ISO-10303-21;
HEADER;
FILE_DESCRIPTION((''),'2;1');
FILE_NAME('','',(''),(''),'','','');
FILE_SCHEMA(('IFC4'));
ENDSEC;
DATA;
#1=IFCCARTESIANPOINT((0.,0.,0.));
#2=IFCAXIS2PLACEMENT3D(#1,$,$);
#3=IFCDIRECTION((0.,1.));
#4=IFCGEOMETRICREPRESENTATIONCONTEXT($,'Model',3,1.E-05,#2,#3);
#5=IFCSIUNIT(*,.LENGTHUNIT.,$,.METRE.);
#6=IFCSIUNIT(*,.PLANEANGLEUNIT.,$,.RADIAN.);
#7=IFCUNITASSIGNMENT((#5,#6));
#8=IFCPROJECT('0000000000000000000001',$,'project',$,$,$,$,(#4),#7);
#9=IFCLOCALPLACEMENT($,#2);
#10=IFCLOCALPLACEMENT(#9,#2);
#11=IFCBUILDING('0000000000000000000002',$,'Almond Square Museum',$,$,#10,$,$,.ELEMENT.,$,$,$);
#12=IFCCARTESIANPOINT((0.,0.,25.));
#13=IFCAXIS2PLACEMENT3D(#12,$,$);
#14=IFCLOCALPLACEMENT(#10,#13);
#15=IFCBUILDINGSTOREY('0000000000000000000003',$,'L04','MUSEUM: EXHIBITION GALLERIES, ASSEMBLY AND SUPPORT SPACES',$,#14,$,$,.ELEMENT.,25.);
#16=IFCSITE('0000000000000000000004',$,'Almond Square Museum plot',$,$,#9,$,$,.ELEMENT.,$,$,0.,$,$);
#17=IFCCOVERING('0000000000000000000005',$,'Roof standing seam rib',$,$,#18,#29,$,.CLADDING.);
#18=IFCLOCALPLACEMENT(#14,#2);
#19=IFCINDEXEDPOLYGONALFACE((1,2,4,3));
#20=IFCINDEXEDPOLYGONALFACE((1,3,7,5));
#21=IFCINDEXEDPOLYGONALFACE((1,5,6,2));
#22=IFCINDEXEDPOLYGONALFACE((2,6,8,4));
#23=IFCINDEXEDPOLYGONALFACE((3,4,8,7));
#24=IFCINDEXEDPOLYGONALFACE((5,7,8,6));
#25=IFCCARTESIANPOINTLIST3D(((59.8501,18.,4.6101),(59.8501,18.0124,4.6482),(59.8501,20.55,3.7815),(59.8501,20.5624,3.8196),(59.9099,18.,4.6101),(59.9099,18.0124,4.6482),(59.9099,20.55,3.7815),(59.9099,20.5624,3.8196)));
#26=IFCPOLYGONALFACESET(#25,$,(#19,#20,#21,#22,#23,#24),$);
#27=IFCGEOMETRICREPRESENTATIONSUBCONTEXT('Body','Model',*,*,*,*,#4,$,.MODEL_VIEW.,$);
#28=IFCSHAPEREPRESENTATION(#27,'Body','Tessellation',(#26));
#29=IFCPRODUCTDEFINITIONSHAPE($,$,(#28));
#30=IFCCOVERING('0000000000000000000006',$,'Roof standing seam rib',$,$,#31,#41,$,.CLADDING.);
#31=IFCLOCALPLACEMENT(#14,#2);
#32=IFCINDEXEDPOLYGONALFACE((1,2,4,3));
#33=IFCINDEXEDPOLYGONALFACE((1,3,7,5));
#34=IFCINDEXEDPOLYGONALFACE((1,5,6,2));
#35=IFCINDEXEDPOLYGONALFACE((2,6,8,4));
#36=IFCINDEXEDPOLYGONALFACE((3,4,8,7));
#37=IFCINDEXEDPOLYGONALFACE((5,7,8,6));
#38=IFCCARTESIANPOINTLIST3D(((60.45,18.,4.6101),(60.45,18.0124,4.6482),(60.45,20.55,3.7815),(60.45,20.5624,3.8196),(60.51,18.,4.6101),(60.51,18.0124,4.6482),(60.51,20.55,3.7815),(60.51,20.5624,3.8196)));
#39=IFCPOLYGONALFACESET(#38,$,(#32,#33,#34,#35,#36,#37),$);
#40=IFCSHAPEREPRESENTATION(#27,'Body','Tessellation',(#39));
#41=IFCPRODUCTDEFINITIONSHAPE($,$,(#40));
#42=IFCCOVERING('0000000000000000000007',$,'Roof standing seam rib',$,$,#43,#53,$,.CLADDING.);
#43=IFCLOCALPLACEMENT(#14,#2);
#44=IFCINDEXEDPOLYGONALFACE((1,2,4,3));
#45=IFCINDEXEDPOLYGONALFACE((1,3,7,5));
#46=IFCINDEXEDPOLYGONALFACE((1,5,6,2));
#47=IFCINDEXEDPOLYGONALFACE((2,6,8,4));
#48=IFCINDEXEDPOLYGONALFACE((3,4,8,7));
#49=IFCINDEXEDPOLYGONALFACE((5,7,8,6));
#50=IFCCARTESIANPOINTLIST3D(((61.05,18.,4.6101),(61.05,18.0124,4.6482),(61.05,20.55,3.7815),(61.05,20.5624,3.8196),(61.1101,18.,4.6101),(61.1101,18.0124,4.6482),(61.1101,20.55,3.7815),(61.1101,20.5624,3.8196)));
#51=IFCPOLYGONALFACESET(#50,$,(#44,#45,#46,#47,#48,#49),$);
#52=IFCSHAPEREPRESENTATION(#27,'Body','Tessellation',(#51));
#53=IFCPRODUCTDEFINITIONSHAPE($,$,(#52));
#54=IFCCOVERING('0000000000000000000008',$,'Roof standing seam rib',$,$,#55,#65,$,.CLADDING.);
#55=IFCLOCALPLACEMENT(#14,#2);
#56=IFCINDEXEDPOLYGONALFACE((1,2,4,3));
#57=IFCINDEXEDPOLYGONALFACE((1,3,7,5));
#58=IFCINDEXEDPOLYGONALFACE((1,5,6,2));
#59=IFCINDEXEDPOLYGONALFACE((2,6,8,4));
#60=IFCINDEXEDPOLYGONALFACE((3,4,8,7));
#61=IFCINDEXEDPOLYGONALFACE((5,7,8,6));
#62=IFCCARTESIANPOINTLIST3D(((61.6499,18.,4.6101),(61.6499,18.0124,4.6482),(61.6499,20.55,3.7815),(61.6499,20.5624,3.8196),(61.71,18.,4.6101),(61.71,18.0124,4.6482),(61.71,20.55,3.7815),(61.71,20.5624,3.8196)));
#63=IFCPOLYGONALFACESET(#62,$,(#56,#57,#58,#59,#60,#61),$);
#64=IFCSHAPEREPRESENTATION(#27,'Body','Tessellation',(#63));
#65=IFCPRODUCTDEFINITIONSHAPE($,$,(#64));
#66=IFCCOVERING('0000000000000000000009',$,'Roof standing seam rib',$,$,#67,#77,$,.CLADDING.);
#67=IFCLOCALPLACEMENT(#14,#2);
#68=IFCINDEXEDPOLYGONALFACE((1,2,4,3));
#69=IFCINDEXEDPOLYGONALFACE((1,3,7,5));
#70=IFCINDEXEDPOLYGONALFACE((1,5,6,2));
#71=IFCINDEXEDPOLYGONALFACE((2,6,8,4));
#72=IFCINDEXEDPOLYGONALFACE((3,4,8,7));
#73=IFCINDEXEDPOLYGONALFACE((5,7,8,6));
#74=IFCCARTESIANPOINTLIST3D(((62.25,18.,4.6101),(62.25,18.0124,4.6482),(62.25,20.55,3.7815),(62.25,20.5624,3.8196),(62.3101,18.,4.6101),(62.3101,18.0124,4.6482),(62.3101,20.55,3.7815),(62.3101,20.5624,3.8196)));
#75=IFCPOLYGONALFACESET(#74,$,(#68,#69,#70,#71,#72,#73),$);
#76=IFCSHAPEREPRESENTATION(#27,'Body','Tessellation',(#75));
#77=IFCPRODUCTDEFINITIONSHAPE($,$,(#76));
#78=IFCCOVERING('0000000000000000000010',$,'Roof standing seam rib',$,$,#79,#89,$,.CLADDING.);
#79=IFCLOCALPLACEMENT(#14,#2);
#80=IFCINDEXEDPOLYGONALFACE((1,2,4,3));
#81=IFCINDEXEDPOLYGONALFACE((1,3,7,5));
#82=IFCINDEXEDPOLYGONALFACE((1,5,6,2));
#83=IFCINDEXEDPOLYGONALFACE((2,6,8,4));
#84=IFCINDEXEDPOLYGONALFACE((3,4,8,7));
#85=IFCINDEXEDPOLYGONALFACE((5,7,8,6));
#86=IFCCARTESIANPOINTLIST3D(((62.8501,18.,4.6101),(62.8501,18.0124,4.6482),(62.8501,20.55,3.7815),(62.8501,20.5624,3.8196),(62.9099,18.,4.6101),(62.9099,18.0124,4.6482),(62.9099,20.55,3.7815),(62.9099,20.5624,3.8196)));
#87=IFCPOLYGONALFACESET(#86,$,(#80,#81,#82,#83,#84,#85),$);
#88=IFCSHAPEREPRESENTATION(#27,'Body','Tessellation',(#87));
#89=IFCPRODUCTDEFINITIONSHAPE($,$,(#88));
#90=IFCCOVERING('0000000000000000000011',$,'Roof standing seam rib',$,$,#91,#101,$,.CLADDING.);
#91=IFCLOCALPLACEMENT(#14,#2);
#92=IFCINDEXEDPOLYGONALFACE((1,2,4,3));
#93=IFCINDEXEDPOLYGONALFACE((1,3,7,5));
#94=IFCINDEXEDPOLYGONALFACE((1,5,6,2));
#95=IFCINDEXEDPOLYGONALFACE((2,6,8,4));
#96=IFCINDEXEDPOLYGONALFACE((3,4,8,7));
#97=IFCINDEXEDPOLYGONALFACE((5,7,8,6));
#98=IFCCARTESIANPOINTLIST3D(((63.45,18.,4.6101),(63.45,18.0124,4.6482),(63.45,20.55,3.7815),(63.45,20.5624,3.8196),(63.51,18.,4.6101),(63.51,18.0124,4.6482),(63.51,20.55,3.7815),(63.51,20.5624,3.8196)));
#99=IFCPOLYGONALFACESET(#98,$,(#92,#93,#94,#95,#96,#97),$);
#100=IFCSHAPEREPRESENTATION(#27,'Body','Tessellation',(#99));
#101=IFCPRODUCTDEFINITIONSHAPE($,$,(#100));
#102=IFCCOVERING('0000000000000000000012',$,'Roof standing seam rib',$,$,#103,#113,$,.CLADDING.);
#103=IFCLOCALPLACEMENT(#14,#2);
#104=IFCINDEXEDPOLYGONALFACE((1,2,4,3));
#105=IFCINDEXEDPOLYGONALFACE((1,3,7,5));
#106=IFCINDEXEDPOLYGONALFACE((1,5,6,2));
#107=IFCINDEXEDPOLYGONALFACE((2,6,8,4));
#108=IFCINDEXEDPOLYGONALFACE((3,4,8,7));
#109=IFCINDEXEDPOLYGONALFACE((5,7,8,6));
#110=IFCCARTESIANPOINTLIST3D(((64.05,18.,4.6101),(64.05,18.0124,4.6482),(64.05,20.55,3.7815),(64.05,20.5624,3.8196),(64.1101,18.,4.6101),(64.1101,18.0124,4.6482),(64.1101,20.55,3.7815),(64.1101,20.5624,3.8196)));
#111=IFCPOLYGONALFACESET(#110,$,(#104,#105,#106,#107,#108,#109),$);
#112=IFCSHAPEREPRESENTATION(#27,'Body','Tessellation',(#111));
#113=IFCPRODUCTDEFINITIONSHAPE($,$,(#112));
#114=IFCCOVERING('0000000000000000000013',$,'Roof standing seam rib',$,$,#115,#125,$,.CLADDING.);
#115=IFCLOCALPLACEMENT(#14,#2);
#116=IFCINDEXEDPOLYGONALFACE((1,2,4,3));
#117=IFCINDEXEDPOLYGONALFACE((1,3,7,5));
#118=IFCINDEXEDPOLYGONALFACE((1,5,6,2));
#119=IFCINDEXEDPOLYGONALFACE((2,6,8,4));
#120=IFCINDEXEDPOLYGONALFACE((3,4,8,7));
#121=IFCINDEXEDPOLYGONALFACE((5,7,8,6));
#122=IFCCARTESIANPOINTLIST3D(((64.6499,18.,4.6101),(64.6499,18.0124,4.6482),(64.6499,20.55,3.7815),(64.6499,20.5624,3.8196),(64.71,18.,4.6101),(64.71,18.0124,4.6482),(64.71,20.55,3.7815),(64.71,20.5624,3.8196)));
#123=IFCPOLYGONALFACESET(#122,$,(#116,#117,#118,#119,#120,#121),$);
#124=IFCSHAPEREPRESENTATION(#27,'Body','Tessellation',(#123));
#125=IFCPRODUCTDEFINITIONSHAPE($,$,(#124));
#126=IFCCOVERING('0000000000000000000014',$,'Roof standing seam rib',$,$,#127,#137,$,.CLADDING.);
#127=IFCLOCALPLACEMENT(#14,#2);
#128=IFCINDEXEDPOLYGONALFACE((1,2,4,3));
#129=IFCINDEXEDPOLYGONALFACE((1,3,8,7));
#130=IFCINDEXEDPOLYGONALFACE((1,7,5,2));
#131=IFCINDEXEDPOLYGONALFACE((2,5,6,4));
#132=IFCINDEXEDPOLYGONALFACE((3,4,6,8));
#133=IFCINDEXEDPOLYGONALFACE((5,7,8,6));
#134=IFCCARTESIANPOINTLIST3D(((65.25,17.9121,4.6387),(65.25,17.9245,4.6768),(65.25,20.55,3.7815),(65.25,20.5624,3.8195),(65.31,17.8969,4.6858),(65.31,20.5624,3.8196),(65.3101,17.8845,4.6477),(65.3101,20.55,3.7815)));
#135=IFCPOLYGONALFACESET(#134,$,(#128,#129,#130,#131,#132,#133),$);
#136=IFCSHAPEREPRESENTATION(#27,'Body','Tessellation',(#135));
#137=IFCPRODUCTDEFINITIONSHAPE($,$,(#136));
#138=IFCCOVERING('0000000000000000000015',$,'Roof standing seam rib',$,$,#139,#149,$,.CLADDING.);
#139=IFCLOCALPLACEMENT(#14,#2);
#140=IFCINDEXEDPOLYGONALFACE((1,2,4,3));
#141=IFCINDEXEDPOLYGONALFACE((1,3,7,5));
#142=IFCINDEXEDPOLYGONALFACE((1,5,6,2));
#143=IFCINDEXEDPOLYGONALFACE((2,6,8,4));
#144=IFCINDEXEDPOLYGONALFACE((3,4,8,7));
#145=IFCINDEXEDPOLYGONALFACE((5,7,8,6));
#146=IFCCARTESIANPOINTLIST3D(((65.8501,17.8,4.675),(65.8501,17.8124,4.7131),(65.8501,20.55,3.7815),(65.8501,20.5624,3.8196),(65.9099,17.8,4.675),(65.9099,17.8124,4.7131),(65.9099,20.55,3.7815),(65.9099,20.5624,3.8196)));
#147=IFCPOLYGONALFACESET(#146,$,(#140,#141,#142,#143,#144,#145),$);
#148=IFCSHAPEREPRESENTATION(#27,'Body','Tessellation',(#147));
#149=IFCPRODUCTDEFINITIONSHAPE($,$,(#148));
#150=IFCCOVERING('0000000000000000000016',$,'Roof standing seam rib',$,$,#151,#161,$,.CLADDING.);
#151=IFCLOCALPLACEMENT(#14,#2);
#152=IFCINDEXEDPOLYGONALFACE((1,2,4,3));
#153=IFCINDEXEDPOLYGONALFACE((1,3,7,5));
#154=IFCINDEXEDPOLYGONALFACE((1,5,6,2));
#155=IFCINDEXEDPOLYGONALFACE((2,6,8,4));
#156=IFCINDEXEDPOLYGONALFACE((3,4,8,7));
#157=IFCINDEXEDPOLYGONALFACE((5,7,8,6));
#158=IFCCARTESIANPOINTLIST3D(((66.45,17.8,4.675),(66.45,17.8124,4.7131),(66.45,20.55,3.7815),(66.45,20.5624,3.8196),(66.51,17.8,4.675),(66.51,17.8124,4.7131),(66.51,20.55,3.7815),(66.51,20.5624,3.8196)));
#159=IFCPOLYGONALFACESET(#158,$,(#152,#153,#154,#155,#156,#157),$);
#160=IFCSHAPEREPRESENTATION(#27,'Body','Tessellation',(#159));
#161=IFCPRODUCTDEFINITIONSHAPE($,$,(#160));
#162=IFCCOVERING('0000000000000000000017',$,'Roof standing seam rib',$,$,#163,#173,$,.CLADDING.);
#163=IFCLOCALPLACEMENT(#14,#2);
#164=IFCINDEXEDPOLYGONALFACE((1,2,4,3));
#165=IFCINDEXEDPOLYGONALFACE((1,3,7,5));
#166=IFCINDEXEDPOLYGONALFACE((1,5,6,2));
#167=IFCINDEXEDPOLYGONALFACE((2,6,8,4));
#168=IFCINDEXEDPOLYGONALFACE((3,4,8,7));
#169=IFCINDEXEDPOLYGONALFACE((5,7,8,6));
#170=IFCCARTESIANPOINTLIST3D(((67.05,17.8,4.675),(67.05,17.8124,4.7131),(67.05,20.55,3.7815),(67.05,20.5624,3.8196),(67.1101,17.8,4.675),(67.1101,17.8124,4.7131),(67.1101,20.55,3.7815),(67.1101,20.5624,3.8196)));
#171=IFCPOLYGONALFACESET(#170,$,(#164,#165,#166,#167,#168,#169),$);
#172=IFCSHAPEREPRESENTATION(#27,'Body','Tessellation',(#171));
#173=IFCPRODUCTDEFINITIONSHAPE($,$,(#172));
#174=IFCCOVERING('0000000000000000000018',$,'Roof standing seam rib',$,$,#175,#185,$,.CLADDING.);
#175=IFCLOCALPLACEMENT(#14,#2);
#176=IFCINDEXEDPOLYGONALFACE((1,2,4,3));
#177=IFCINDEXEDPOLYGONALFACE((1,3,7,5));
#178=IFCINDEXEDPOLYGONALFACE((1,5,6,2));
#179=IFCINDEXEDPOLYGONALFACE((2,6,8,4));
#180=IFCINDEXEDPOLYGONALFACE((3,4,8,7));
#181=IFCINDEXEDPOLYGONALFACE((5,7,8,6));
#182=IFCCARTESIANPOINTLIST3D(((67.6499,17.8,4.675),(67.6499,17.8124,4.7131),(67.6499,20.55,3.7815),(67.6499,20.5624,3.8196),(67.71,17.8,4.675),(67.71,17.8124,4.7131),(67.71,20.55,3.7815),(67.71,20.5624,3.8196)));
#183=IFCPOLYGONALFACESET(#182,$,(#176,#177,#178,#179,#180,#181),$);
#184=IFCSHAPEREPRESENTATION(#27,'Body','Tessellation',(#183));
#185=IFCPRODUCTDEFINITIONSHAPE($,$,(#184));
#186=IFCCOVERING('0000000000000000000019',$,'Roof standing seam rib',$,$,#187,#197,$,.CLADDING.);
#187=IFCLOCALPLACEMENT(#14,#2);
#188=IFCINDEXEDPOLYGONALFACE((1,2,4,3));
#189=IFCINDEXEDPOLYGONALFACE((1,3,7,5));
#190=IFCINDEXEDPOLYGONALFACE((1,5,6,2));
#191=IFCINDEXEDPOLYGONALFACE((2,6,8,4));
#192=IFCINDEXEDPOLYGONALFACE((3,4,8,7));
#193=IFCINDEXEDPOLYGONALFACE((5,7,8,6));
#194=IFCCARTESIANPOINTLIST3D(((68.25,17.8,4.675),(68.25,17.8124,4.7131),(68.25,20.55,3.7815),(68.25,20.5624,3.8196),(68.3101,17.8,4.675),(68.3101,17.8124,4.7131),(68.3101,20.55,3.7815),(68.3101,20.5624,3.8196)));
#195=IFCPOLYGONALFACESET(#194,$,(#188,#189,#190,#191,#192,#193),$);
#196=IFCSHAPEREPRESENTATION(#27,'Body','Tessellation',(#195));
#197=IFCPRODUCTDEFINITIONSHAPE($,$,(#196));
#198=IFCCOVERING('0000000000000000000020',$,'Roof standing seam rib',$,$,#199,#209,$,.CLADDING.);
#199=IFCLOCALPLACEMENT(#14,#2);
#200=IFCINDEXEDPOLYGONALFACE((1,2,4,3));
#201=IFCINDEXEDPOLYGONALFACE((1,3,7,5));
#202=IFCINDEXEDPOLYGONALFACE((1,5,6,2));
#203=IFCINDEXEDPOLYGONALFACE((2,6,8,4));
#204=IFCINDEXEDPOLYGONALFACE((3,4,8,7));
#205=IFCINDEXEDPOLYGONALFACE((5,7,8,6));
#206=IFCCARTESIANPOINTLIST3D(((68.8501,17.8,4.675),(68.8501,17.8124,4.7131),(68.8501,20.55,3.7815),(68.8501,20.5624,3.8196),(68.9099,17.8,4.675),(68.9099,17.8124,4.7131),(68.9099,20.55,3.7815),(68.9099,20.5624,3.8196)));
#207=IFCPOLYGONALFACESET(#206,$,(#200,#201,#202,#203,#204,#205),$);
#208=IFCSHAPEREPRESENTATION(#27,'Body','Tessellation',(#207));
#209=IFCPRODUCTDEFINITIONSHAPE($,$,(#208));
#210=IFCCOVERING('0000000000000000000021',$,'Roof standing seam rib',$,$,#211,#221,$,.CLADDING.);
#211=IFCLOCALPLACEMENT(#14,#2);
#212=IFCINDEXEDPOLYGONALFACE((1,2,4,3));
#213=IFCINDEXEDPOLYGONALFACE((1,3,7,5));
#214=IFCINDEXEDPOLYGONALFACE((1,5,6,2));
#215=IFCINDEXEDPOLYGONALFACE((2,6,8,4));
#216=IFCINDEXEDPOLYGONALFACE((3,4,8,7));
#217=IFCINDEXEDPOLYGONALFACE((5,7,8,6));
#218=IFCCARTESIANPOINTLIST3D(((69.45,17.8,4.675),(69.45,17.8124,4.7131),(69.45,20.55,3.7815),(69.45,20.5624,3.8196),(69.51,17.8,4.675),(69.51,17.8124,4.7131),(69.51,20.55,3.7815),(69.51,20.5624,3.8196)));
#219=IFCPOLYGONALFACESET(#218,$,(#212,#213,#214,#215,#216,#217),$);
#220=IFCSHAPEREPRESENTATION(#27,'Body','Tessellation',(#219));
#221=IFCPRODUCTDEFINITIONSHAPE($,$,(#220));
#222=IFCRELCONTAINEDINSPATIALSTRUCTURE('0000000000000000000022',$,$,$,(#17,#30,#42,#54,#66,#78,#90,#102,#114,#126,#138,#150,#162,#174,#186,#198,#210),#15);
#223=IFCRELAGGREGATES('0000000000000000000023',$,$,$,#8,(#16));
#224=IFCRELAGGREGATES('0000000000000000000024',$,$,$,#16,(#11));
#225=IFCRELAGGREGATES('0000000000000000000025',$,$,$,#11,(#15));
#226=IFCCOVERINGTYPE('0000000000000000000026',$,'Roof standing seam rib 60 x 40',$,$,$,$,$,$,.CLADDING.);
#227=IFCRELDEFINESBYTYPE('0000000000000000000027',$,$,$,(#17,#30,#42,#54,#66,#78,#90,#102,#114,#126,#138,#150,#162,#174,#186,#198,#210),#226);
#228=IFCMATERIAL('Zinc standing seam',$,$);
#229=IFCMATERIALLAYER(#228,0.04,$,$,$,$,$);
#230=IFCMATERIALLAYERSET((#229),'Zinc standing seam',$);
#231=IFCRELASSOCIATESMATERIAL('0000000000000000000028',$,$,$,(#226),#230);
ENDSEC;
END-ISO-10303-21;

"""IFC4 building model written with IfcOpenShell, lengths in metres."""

from ifc_helpers import new_model, si_unit, direction, frame, origin, place, context, subcontext, project, spatial, polyline, outline, extrude, material, layer, layer_set, type_object, element, save


model = new_model("IFC4")

# Units and contexts
model_context = context("Model", 3, precision=1e-05, world=origin(), true_north=direction((0.0, 1.0)))
body_context = subcontext(model_context, "Body", "Model", "MODEL_VIEW")
ifc_project = project(units=[si_unit("LENGTHUNIT", "METRE"), si_unit("PLANEANGLEUNIT", "RADIAN")], contexts=[model_context])

# Site, building, storey
site_placement = place(None, origin())
site = spatial("IfcSite", under=ifc_project, at=site_placement, Name="Almond Square Museum plot", CompositionType="ELEMENT", RefElevation=0.0)
building_placement = place(site_placement, origin())
building = spatial("IfcBuilding", under=site, at=building_placement, Name="Almond Square Museum", CompositionType="ELEMENT")
storey_placement = place(building_placement, frame((0.0, 0.0, 25.0)))
storey = spatial("IfcBuildingStorey", under=building, at=storey_placement, Name="L04", Description="MUSEUM: EXHIBITION GALLERIES, ASSEMBLY AND SUPPORT SPACES", CompositionType="ELEMENT", Elevation=25.0)

# Coverings
ifc_material_1 = material(Name="Zinc standing seam")
ifc_layer_1 = layer(ifc_material_1, 0.04)
ifc_layer_set_1 = layer_set([ifc_layer_1], Name="Zinc standing seam")
covering_type = type_object("IfcCoveringType", Name="Roof standing seam rib 60 x 40", PredefinedType="CLADDING", material=ifc_layer_set_1)
covering_1_placement = place(storey_placement, frame((59.9099, 18.0, 4.6101), z_axis=(0.0, 0.309035, 0.951051), x_axis=(0.0, 0.951051, -0.309035)))
element("IfcCovering", 1, at=covering_1_placement, inside=storey, type_object=covering_type, Name="Roof standing seam rib", PredefinedType="CLADDING", context=body_context, shape_type="SweptSolid", body=[
    extrude(outline(polyline([(0.0, 0.0), (2.6813, 0.0), (2.6813, 0.0598), (0.0, 0.0598), (0.0, 0.0)])), origin(), (0.0, 0.0, 1.0), 0.04),
])
for number, where, z_axis, x_axis, name in (
    (2, (60.51, 18.0, 4.6101), (0.0, 0.309035, 0.951051), (0.0, 0.951051, -0.309035), "Roof standing seam rib"),
    (3, (61.1101, 18.0, 4.6101), (0.0, 0.309035, 0.951051), (0.0, 0.951051, -0.309035), "Roof standing seam rib"),
    (4, (61.71, 18.0, 4.6101), (0.0, 0.309035, 0.951051), (0.0, 0.951051, -0.309035), "Roof standing seam rib"),
    (5, (62.3101, 18.0, 4.6101), (0.0, 0.309035, 0.951051), (0.0, 0.951051, -0.309035), "Roof standing seam rib"),
):
    element("IfcCovering", number, at=place(storey_placement, frame(where, z_axis=z_axis, x_axis=x_axis)), inside=storey, type_object=covering_type, Name=name, PredefinedType="CLADDING", context=body_context, shape_type="SweptSolid", body=[
        extrude(outline(polyline([(0.0, 0.0), (2.6813, 0.0), (2.6813, 0.0601), (0.0, 0.0601), (0.0, 0.0)])), origin(), (0.0, 0.0, 1.0), 0.04),
    ])
covering_2_placement = place(storey_placement, frame((62.9099, 18.0, 4.6101), z_axis=(0.0, 0.309035, 0.951051), x_axis=(0.0, 0.951051, -0.309035)))
element("IfcCovering", 6, at=covering_2_placement, inside=storey, type_object=covering_type, Name="Roof standing seam rib", PredefinedType="CLADDING", context=body_context, shape_type="SweptSolid", body=[
    extrude(outline(polyline([(0.0, 0.0), (2.6813, 0.0), (2.6813, 0.0598), (0.0, 0.0598), (0.0, 0.0)])), origin(), (0.0, 0.0, 1.0), 0.04),
])
for number, where, z_axis, x_axis, name in (
    (7, (63.51, 18.0, 4.6101), (0.0, 0.309035, 0.951051), (0.0, 0.951051, -0.309035), "Roof standing seam rib"),
    (8, (64.1101, 18.0, 4.6101), (0.0, 0.309035, 0.951051), (0.0, 0.951051, -0.309035), "Roof standing seam rib"),
    (9, (64.71, 18.0, 4.6101), (0.0, 0.309035, 0.951051), (0.0, 0.951051, -0.309035), "Roof standing seam rib"),
):
    element("IfcCovering", number, at=place(storey_placement, frame(where, z_axis=z_axis, x_axis=x_axis)), inside=storey, type_object=covering_type, Name=name, PredefinedType="CLADDING", context=body_context, shape_type="SweptSolid", body=[
        extrude(outline(polyline([(0.0, 0.0), (2.6813, 0.0), (2.6813, 0.0601), (0.0, 0.0601), (0.0, 0.0)])), origin(), (0.0, 0.0, 1.0), 0.04),
    ])
covering_3_placement = place(storey_placement, frame((65.3101, 20.55, 3.7815), z_axis=(-0.000541, 0.309047, 0.951046), x_axis=(-1.0, -0.000167, -0.000515)))
element("IfcCovering", 10, at=covering_3_placement, inside=storey, type_object=covering_type, Name="Roof standing seam rib", PredefinedType="CLADDING", context=body_context, shape_type="SweptSolid", body=[
    extrude(outline(polyline([(0.0, 0.0), (0.0601, 0.0), (0.0601, 2.7737), (0.0, 2.8027), (0.0, 0.0)])), origin(), (0.0, 0.0, 1.0), 0.04),
])
covering_4_placement = place(storey_placement, frame((65.8501, 20.55, 3.7815), z_axis=(0.0, 0.309025, 0.951054), x_axis=(0.0, -0.951054, 0.309025)))
element("IfcCovering", 11, at=covering_4_placement, inside=storey, type_object=covering_type, Name="Roof standing seam rib", PredefinedType="CLADDING", context=body_context, shape_type="SweptSolid", body=[
    extrude(outline(polyline([(0.0, 0.0), (2.8915, 0.0), (2.8915, 0.0598), (0.0, 0.0598), (0.0, 0.0)])), origin(), (0.0, 0.0, 1.0), 0.04),
])
for number, where, z_axis, x_axis, name in (
    (12, (66.45, 17.8, 4.675), (0.0, 0.309025, 0.951054), (1.0, 0.0, 0.0), "Roof standing seam rib"),
    (13, (67.05, 17.8, 4.675), (0.0, 0.309025, 0.951054), (1.0, 0.0, 0.0), "Roof standing seam rib"),
    (14, (67.6499, 17.8, 4.675), (0.0, 0.309025, 0.951054), (1.0, 0.0, 0.0), "Roof standing seam rib"),
    (15, (68.25, 17.8, 4.675), (0.0, 0.309025, 0.951054), (1.0, 0.0, 0.0), "Roof standing seam rib"),
):
    element("IfcCovering", number, at=place(storey_placement, frame(where, z_axis=z_axis, x_axis=x_axis)), inside=storey, type_object=covering_type, Name=name, PredefinedType="CLADDING", context=body_context, shape_type="SweptSolid", body=[
        extrude(outline(polyline([(0.0, 0.0), (0.0601, 0.0), (0.0601, 2.8915), (0.0, 2.8915), (0.0, 0.0)])), origin(), (0.0, 0.0, 1.0), 0.04),
    ])
covering_5_placement = place(storey_placement, frame((68.8501, 17.8, 4.675), z_axis=(0.0, 0.309025, 0.951054), x_axis=(1.0, 0.0, 0.0)))
element("IfcCovering", 16, at=covering_5_placement, inside=storey, type_object=covering_type, Name="Roof standing seam rib", PredefinedType="CLADDING", context=body_context, shape_type="SweptSolid", body=[
    extrude(outline(polyline([(0.0, 0.0), (0.0598, 0.0), (0.0598, 2.8915), (0.0, 2.8915), (0.0, 0.0)])), origin(), (0.0, 0.0, 1.0), 0.04),
])
for number, where, z_axis, x_axis, name in (
    (17, (69.45, 17.8, 4.675), (0.0, 0.309025, 0.951054), (1.0, 0.0, 0.0), "Roof standing seam rib"),
):
    element("IfcCovering", number, at=place(storey_placement, frame(where, z_axis=z_axis, x_axis=x_axis)), inside=storey, type_object=covering_type, Name=name, PredefinedType="CLADDING", context=body_context, shape_type="SweptSolid", body=[
        extrude(outline(polyline([(0.0, 0.0), (0.0601, 0.0), (0.0601, 2.8915), (0.0, 2.8915), (0.0, 0.0)])), origin(), (0.0, 0.0, 1.0), 0.04),
    ])

save(model, "model.ifc")
